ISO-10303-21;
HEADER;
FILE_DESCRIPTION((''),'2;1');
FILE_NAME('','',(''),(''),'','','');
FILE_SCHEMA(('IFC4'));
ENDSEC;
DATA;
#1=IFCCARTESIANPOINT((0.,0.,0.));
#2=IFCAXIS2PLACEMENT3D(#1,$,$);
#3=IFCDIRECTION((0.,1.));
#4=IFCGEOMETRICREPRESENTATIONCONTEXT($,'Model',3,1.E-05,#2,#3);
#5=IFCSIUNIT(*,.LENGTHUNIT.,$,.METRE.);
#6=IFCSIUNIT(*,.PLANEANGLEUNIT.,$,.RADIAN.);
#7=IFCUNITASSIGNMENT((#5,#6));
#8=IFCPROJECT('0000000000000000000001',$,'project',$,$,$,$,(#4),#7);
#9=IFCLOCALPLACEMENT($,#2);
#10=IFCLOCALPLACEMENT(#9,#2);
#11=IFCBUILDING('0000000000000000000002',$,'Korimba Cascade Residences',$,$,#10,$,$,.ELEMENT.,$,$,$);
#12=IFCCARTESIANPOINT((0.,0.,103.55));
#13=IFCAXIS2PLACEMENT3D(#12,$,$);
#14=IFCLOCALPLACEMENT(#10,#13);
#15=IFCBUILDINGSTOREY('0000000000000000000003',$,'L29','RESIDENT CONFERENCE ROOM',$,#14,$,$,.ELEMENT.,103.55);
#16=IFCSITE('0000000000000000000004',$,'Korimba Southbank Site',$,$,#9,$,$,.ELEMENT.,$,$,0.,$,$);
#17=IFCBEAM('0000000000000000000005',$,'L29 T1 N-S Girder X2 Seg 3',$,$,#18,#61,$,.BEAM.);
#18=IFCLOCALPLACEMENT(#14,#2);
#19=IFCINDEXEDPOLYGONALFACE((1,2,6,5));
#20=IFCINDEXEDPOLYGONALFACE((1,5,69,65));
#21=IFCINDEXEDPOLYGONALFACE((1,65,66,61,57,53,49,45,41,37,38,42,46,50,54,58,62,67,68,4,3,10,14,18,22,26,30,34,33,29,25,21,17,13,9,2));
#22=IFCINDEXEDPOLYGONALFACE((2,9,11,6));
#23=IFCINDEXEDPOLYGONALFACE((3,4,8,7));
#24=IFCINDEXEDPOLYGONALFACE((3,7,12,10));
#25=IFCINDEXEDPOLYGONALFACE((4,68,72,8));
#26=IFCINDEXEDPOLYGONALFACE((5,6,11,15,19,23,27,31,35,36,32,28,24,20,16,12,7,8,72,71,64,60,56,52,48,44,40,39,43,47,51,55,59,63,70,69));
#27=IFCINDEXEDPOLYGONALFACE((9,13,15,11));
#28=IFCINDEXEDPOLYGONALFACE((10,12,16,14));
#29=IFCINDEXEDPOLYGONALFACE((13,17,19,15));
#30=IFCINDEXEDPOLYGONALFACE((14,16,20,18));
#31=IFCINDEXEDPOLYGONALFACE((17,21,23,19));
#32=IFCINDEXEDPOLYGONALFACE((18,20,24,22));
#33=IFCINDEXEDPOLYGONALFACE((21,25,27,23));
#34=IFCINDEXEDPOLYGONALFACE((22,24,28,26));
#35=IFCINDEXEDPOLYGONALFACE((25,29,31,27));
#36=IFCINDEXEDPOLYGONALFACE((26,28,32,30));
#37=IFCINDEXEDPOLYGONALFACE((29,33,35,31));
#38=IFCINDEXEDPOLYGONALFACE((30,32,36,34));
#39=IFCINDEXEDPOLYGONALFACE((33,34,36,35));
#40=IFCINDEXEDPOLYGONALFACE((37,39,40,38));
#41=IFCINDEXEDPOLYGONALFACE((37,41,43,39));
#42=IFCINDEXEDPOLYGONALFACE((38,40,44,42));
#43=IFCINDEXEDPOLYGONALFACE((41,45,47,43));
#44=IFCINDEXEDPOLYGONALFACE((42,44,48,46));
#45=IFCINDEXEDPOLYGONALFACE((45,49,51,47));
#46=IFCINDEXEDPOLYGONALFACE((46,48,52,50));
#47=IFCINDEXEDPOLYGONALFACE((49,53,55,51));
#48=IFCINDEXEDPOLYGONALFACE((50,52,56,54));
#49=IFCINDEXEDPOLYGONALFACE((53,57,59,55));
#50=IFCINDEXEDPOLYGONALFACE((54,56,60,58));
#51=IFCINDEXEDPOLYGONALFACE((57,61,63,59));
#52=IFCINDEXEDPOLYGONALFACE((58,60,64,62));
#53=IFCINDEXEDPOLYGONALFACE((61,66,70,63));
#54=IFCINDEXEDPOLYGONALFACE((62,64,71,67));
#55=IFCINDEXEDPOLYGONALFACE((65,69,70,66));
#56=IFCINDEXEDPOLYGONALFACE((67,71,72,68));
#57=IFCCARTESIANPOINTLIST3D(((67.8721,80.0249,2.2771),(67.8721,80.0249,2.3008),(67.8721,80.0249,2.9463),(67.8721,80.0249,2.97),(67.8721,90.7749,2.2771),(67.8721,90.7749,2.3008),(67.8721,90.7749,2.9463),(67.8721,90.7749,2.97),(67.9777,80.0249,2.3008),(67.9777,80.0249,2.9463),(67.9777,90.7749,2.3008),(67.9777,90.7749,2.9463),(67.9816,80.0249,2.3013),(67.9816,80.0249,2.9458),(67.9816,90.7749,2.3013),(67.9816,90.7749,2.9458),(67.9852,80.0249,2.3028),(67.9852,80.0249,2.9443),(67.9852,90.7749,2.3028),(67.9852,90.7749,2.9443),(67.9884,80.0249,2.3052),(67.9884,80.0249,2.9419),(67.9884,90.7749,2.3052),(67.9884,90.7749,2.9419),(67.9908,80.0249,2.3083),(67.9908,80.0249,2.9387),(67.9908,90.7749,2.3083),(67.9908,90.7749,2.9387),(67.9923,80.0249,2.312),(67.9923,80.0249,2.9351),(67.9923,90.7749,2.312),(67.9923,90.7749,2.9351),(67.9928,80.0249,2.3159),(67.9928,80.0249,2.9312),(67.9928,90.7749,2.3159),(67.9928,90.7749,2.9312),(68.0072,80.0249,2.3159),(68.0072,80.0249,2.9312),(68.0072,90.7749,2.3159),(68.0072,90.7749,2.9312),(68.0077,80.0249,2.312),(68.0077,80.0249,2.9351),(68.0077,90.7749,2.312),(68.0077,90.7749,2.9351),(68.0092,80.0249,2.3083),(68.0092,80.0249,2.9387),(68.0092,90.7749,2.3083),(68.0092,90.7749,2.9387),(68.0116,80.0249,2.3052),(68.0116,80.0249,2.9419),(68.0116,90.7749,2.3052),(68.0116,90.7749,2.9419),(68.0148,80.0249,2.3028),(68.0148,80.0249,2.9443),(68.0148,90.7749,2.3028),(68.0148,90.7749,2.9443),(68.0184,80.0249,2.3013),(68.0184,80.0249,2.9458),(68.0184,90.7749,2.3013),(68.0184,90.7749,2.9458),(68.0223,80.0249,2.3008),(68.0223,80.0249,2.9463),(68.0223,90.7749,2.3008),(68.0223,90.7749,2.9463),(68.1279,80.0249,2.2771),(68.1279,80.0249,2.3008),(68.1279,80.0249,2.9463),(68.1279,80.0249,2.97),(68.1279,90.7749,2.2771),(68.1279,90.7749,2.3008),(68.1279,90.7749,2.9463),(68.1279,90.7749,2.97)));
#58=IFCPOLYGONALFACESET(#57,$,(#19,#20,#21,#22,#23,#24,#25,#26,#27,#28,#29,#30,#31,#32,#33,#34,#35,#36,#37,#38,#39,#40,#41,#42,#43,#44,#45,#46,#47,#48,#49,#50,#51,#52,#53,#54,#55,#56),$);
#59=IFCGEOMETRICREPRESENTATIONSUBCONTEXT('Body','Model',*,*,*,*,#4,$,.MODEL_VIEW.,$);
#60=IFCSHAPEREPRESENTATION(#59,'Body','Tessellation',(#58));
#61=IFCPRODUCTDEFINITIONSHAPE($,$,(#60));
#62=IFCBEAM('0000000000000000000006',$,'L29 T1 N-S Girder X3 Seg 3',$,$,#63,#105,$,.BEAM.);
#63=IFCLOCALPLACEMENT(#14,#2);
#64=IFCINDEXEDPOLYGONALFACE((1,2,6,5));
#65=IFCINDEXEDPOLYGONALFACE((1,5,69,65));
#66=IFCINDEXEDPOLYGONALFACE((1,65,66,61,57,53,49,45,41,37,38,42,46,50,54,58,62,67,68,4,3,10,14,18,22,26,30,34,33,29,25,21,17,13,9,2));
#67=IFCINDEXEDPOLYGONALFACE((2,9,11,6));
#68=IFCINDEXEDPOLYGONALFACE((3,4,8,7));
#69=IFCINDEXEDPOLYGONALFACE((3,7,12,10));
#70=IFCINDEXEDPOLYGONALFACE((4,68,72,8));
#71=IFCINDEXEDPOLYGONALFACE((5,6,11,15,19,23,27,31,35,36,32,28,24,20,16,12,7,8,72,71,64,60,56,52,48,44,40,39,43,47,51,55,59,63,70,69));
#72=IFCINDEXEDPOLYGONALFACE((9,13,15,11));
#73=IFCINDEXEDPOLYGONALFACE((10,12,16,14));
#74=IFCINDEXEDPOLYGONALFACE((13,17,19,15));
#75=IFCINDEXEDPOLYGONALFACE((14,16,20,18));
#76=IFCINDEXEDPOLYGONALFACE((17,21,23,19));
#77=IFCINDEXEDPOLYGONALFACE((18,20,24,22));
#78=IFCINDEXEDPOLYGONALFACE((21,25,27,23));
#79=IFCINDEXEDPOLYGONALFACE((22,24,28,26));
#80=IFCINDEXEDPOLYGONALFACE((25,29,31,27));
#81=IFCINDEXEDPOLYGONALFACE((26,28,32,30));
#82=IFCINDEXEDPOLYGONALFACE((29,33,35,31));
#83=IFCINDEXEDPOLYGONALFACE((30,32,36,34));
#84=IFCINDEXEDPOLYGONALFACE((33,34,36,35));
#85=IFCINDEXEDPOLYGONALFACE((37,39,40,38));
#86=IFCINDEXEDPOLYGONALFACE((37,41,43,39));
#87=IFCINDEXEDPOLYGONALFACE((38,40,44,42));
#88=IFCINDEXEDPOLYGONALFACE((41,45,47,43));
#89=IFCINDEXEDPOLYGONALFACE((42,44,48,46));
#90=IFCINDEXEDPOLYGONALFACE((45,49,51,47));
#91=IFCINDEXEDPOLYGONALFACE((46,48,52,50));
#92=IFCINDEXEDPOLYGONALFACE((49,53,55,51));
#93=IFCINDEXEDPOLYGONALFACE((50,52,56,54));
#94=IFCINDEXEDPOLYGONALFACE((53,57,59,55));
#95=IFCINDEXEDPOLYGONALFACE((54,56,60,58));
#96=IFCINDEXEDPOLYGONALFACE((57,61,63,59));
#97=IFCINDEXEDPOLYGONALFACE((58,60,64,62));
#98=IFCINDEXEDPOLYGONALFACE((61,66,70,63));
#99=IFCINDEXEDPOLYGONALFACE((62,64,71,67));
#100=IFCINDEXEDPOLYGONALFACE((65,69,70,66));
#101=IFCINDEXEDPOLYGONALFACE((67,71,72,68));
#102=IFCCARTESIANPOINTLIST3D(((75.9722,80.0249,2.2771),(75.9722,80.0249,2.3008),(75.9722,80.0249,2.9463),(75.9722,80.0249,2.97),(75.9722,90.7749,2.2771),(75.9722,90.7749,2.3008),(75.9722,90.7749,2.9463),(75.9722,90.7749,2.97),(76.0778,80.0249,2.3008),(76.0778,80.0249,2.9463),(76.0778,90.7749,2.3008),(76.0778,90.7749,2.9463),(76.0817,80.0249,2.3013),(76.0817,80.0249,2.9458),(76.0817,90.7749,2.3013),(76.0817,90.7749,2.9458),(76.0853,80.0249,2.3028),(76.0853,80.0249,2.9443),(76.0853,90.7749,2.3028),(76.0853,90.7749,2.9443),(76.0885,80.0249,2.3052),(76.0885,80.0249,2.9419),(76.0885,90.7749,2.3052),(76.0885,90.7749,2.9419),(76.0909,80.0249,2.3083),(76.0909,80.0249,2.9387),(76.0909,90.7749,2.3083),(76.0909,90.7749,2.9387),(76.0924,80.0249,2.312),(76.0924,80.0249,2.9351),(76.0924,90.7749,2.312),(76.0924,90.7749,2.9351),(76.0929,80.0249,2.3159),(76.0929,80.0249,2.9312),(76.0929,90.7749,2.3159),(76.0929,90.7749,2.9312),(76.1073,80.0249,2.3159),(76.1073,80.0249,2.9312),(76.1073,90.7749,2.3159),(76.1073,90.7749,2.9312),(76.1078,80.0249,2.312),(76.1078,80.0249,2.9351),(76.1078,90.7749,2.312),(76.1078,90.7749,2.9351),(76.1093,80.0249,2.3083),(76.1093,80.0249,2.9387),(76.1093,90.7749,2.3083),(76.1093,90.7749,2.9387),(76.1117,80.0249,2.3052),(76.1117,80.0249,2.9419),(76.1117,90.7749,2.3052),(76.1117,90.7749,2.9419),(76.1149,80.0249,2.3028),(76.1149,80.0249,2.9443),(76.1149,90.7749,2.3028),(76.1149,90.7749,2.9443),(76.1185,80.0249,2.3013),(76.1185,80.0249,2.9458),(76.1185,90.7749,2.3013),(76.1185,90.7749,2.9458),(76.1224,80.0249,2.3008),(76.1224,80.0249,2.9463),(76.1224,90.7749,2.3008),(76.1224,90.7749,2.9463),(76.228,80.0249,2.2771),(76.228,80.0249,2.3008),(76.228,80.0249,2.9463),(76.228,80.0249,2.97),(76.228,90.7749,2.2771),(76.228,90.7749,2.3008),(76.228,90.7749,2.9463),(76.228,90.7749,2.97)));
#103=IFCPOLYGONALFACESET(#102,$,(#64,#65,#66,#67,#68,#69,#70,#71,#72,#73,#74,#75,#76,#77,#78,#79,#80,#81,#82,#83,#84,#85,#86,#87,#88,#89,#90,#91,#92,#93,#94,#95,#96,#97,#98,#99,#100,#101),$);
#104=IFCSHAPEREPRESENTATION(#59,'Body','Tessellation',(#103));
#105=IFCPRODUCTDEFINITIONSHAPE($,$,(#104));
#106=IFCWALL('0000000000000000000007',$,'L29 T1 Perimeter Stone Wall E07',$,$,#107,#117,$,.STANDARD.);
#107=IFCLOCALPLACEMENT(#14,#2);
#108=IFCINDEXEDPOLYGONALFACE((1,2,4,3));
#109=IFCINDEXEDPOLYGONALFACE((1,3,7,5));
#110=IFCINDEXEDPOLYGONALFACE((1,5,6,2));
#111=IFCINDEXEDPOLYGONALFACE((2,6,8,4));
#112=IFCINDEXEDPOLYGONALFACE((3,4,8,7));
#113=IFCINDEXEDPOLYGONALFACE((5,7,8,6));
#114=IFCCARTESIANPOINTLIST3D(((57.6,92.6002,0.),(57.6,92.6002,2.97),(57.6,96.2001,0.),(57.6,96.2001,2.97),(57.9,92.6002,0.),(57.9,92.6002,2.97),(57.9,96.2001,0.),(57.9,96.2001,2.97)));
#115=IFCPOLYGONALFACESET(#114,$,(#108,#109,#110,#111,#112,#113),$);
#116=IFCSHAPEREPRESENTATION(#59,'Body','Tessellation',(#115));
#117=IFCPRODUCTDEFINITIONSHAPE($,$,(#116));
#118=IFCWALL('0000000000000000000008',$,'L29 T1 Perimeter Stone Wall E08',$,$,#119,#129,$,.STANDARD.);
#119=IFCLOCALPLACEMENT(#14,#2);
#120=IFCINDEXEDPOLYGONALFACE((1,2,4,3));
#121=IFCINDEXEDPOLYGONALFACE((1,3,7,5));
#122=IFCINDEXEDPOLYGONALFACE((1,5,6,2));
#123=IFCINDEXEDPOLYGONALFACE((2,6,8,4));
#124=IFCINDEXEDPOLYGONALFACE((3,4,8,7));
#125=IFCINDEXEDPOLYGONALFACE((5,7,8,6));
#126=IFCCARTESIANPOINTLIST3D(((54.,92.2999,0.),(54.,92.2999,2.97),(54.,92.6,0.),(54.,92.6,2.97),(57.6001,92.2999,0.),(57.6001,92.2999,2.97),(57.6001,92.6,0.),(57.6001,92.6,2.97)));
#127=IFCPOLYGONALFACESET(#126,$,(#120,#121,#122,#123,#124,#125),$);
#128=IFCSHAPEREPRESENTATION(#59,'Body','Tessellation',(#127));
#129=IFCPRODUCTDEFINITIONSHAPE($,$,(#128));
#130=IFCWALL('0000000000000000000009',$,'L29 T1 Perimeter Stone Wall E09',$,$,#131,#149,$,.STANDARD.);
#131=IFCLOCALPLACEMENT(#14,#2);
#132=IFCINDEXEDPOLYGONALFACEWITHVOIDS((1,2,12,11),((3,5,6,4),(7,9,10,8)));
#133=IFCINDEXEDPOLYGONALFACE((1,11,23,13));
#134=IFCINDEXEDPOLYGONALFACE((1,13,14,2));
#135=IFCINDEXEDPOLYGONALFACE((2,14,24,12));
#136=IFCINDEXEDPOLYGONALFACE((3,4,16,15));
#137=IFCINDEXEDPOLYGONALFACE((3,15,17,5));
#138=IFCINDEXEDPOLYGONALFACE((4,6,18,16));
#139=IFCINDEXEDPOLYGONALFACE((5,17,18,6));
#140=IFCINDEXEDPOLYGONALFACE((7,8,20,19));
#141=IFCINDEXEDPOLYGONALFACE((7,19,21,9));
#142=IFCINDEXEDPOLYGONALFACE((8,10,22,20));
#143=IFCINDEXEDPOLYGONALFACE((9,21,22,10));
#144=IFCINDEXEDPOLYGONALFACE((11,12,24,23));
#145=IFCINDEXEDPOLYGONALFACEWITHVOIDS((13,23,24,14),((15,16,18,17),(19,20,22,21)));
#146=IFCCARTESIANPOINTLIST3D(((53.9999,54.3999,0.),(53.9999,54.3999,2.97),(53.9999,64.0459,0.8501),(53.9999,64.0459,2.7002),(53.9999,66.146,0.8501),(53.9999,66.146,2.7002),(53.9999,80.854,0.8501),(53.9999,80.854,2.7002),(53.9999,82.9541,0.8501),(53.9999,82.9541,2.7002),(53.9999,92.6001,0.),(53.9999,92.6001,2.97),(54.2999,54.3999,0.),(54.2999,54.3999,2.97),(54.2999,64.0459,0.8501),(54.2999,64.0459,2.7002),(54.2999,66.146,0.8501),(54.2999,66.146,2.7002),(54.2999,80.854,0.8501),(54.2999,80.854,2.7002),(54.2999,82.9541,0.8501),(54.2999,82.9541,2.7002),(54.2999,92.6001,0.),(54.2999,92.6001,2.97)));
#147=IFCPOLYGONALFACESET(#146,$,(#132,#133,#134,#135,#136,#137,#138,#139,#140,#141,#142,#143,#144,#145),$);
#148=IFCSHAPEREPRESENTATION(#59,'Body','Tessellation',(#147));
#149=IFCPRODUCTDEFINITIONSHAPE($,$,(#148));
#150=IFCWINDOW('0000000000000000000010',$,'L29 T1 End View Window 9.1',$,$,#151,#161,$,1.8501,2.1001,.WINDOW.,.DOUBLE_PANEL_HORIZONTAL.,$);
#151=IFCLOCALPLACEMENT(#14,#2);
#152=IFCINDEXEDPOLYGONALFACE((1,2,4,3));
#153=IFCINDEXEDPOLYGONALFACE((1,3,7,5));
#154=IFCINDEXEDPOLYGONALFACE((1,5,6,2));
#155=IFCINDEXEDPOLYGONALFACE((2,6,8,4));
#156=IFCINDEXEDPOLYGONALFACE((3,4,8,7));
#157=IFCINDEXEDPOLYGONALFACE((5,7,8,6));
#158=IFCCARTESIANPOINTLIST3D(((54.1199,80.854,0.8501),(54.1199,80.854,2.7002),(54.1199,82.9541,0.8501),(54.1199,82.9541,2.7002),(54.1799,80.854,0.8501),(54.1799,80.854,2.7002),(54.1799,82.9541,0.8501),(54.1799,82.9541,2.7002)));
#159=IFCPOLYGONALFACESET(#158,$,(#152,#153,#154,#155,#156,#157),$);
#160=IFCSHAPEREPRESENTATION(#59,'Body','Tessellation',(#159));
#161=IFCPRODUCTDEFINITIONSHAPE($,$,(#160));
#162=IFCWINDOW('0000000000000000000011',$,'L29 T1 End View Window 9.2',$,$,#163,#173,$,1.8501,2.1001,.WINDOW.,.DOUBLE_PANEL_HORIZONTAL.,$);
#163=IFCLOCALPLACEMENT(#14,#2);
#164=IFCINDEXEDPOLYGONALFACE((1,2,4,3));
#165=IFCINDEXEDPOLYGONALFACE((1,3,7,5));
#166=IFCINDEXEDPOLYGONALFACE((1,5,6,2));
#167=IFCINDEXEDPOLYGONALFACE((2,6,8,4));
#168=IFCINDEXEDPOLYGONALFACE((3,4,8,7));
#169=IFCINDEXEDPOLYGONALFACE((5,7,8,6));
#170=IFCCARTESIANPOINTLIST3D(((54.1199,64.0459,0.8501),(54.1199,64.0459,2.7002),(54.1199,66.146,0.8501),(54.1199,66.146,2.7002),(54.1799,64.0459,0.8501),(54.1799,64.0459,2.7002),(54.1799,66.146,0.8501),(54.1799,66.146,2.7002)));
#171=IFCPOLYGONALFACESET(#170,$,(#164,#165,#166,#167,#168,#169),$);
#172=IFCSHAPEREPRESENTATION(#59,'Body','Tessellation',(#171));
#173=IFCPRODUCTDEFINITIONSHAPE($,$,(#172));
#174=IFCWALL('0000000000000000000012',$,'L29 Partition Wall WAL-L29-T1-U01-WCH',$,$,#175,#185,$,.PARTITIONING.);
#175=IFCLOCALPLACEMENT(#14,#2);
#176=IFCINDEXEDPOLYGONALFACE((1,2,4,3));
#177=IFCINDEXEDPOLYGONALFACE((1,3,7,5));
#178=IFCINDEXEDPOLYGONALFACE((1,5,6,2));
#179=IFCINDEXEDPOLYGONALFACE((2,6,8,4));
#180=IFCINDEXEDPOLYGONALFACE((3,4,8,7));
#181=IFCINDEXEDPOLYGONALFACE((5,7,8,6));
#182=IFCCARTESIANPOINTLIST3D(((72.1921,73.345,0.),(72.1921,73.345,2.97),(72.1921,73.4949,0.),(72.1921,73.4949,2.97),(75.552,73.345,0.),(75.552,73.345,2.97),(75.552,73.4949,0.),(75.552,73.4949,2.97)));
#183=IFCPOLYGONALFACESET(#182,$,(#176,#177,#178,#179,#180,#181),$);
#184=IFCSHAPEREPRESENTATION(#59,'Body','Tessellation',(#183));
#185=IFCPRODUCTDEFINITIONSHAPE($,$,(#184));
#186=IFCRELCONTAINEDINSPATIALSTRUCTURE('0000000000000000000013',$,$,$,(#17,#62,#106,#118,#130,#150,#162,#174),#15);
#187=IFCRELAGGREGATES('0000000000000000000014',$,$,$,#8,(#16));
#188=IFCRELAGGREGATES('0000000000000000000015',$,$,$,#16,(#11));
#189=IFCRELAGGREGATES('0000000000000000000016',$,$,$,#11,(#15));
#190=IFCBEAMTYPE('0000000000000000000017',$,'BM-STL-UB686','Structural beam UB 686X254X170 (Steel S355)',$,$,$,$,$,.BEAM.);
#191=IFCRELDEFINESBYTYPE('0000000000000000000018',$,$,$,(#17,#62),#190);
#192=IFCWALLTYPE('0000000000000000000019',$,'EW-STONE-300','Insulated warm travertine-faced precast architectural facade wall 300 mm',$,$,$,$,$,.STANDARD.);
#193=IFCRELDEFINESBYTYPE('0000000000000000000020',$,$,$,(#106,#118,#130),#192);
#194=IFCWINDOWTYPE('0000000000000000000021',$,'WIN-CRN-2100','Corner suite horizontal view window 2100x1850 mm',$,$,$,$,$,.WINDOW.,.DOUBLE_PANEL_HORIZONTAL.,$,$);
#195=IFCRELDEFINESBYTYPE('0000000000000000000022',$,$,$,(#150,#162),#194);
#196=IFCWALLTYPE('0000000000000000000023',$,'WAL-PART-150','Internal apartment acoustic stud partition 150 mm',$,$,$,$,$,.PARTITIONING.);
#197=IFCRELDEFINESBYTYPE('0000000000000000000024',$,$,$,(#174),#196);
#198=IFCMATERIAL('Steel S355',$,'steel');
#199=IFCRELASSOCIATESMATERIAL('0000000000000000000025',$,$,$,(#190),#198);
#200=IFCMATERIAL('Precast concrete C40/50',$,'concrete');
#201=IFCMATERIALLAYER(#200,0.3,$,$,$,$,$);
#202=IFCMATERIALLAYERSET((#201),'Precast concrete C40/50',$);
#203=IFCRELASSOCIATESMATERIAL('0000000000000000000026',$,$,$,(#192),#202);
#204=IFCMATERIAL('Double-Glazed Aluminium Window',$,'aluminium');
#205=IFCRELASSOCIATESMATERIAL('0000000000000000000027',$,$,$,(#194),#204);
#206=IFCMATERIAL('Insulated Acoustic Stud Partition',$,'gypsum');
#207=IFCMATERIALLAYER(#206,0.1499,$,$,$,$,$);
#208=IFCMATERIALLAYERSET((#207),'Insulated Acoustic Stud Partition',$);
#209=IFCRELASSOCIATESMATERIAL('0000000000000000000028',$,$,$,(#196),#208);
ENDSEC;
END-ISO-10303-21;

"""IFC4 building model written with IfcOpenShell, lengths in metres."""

from ifc_helpers import new_model, si_unit, direction, frame, frame_2d, origin, origin_2d, place, context, subcontext, project, spatial, rectangle, i_section, extrude, material, layer, layer_set, material_profile, profile_set, type_object, element, fill, save


model = new_model("IFC4")

# Units and contexts
model_context = context("Model", 3, precision=1e-05, world=origin(), true_north=direction((0.0, 1.0)))
body_context = subcontext(model_context, "Body", "Model", "MODEL_VIEW")
ifc_project = project(units=[si_unit("LENGTHUNIT", "METRE"), si_unit("PLANEANGLEUNIT", "RADIAN")], contexts=[model_context])

# Site, building, storey
site_placement = place(None, origin())
site = spatial("IfcSite", under=ifc_project, at=site_placement, Name="Korimba Southbank Site", CompositionType="ELEMENT", RefElevation=0.0)
building_placement = place(site_placement, origin())
building = spatial("IfcBuilding", under=site, at=building_placement, Name="Korimba Cascade Residences", CompositionType="ELEMENT")
storey_placement = place(building_placement, frame((0.0, 0.0, 103.55)))
storey = spatial("IfcBuildingStorey", under=building, at=storey_placement, Name="L29", Description="RESIDENT CONFERENCE ROOM", CompositionType="ELEMENT", Elevation=103.55)

# Beams
ifc_material_1 = material(Name="Steel S355", Category="steel")
ifc_material_profile_1 = material_profile(ifc_material_1, i_section(OverallWidth=0.2559, OverallDepth=0.6929, WebThickness=0.0144, FlangeThickness=0.0237, FilletRadius=0.0151, at=origin_2d()), Name="Steel S355")
ifc_profile_set_1 = profile_set([ifc_material_profile_1], Name="Steel S355")
beam_type_1 = type_object("IfcBeamType", Name="BM-STL-UB686", Description="Structural beam UB 686X254X170 (Steel S355)", PredefinedType="BEAM", material=ifc_profile_set_1)
for number, where, z_axis, x_axis, name in (
    (1, (68.0, 80.0249, 2.6235), (0.0, 1.0, 0.0), (-1.0, 0.0, 0.0), "L29 T1 N-S Girder X2 Seg 3"),
    (2, (76.1001, 80.0249, 2.6235), (0.0, 1.0, 0.0), (-1.0, 0.0, 0.0), "L29 T1 N-S Girder X3 Seg 3"),
):
    element("IfcBeam", number, at=place(storey_placement, frame(where, z_axis=z_axis, x_axis=x_axis)), inside=storey, type_object=beam_type_1, Name=name, PredefinedType="BEAM", context=body_context, shape_type="SweptSolid", body=[
        extrude(i_section(OverallWidth=0.2559, OverallDepth=0.6929, WebThickness=0.0144, FlangeThickness=0.0237, FilletRadius=0.0151, at=origin_2d()), origin(), (0.0, 0.0, 1.0), 10.75),
    ])

# Walls
ifc_material_2 = material(Name="Precast concrete C40/50", Category="concrete")
ifc_layer_1 = layer(ifc_material_2, 0.3)
ifc_layer_set_1 = layer_set([ifc_layer_1], Name="Precast concrete C40/50")
wall_type_1 = type_object("IfcWallType", Name="EW-STONE-300", Description="Insulated warm travertine-faced precast architectural facade wall 300 mm", PredefinedType="STANDARD", material=ifc_layer_set_1)
wall_1_placement = place(storey_placement, frame((57.75, 96.2, 0.0), z_axis=(0.0, 0.0, 1.0), x_axis=(0.0, -1.0, 0.0)))
element("IfcWall", 3, at=wall_1_placement, inside=storey, type_object=wall_type_1, Name="L29 T1 Perimeter Stone Wall E07", PredefinedType="STANDARD", context=body_context, shape_type="SweptSolid", body=[
    extrude(rectangle(XDim=3.5999, YDim=0.3, at=frame_2d((1.7998, 0.0))), origin(), (0.0, 0.0, 1.0), 2.97),
])
wall_2_placement = place(storey_placement, frame((57.6001, 92.45, 0.0), z_axis=(0.0, 0.0, 1.0), x_axis=(-1.0, 0.0, 0.0)))
element("IfcWall", 4, at=wall_2_placement, inside=storey, type_object=wall_type_1, Name="L29 T1 Perimeter Stone Wall E08", PredefinedType="STANDARD", context=body_context, shape_type="SweptSolid", body=[
    extrude(rectangle(XDim=3.6001, YDim=0.3, at=frame_2d((1.8, 0.0))), origin(), (0.0, 0.0, 1.0), 2.97),
])

# Wall, openings, windows
wall_3_placement = place(storey_placement, frame((54.1499, 92.6001, 0.0), z_axis=(0.0, 0.0, 1.0), x_axis=(0.0, -1.0, 0.0)))
wall_3 = element("IfcWall", 5, at=wall_3_placement, inside=storey, type_object=wall_type_1, Name="L29 T1 Perimeter Stone Wall E09", PredefinedType="STANDARD", context=body_context, shape_type="SweptSolid", body=[
    extrude(rectangle(XDim=38.2002, YDim=0.3, at=frame_2d((19.1001, 0.0))), origin(), (0.0, 0.0, 1.0), 2.97),
])
opening_1_placement = place(wall_3_placement, frame((9.646, 0.0, 0.8501)))
opening_1 = element("IfcOpeningElement", 6, at=opening_1_placement, cuts=wall_3, PredefinedType="OPENING", context=body_context, shape_type="SweptSolid", body=[
    extrude(rectangle(XDim=2.1001, YDim=1.8501, at=frame_2d((1.05, 0.925))), frame((0.0, 0.1602, 0.0), z_axis=(0.0, -1.0, 0.0), x_axis=(1.0, 0.0, 0.0)), (0.0, 0.0, 1.0), 0.3201),
])
opening_2_placement = place(wall_3_placement, frame((26.4541, 0.0, 0.8501)))
opening_2 = element("IfcOpeningElement", 7, at=opening_2_placement, cuts=wall_3, PredefinedType="OPENING", context=body_context, shape_type="SweptSolid", body=[
    extrude(rectangle(XDim=2.1001, YDim=1.8501, at=frame_2d((1.05, 0.925))), frame((0.0, 0.1602, 0.0), z_axis=(0.0, -1.0, 0.0), x_axis=(1.0, 0.0, 0.0)), (0.0, 0.0, 1.0), 0.3201),
])
ifc_material_3 = material(Name="Double-Glazed Aluminium Window", Category="aluminium")
window_type = type_object("IfcWindowType", Name="WIN-CRN-2100", Description="Corner suite horizontal view window 2100x1850 mm", PartitioningType="DOUBLE_PANEL_HORIZONTAL", PredefinedType="WINDOW", material=ifc_material_3)
window_1_placement = place(opening_1_placement, origin())
window_1 = element("IfcWindow", 8, at=window_1_placement, inside=storey, type_object=window_type, Name="L29 T1 End View Window 9.1", OverallHeight=1.8501, OverallWidth=2.1001, PartitioningType="DOUBLE_PANEL_HORIZONTAL", PredefinedType="WINDOW", context=body_context, shape_type="SweptSolid", body=[
    extrude(rectangle(XDim=2.1001, YDim=1.8501, at=frame_2d((1.05, 0.925))), frame((0.0, 0.03, 0.0), z_axis=(0.0, -1.0, 0.0), x_axis=(1.0, 0.0, 0.0)), (0.0, 0.0, 1.0), 0.0601),
])
fill(opening_1, window_1)
window_2_placement = place(opening_2_placement, origin())
window_2 = element("IfcWindow", 9, at=window_2_placement, inside=storey, type_object=window_type, Name="L29 T1 End View Window 9.2", OverallHeight=1.8501, OverallWidth=2.1001, PartitioningType="DOUBLE_PANEL_HORIZONTAL", PredefinedType="WINDOW", context=body_context, shape_type="SweptSolid", body=[
    extrude(rectangle(XDim=2.1001, YDim=1.8501, at=frame_2d((1.05, 0.925))), frame((0.0, 0.03, 0.0), z_axis=(0.0, -1.0, 0.0), x_axis=(1.0, 0.0, 0.0)), (0.0, 0.0, 1.0), 0.0601),
])
fill(opening_2, window_2)

# Wall
ifc_material_4 = material(Name="Insulated Acoustic Stud Partition", Category="gypsum")
ifc_layer_2 = layer(ifc_material_4, 0.1499)
ifc_layer_set_2 = layer_set([ifc_layer_2], Name="Insulated Acoustic Stud Partition")
wall_type_2 = type_object("IfcWallType", Name="WAL-PART-150", Description="Internal apartment acoustic stud partition 150 mm", PredefinedType="PARTITIONING", material=ifc_layer_set_2)
for number, where, z_axis, x_axis, name in (
    (10, (72.1921, 73.4199, 0.0), (0.0, 0.0, 1.0), (1.0, 0.0, 0.0), "L29 Partition Wall WAL-L29-T1-U01-WCH"),
):
    element("IfcWall", number, at=place(storey_placement, frame(where, z_axis=z_axis, x_axis=x_axis)), inside=storey, type_object=wall_type_2, Name=name, PredefinedType="PARTITIONING", context=body_context, shape_type="SweptSolid", body=[
        extrude(rectangle(XDim=3.3599, YDim=0.1499, at=frame_2d((1.6799, 0.0))), origin(), (0.0, 0.0, 1.0), 2.97),
    ])

save(model, "model.ifc")
